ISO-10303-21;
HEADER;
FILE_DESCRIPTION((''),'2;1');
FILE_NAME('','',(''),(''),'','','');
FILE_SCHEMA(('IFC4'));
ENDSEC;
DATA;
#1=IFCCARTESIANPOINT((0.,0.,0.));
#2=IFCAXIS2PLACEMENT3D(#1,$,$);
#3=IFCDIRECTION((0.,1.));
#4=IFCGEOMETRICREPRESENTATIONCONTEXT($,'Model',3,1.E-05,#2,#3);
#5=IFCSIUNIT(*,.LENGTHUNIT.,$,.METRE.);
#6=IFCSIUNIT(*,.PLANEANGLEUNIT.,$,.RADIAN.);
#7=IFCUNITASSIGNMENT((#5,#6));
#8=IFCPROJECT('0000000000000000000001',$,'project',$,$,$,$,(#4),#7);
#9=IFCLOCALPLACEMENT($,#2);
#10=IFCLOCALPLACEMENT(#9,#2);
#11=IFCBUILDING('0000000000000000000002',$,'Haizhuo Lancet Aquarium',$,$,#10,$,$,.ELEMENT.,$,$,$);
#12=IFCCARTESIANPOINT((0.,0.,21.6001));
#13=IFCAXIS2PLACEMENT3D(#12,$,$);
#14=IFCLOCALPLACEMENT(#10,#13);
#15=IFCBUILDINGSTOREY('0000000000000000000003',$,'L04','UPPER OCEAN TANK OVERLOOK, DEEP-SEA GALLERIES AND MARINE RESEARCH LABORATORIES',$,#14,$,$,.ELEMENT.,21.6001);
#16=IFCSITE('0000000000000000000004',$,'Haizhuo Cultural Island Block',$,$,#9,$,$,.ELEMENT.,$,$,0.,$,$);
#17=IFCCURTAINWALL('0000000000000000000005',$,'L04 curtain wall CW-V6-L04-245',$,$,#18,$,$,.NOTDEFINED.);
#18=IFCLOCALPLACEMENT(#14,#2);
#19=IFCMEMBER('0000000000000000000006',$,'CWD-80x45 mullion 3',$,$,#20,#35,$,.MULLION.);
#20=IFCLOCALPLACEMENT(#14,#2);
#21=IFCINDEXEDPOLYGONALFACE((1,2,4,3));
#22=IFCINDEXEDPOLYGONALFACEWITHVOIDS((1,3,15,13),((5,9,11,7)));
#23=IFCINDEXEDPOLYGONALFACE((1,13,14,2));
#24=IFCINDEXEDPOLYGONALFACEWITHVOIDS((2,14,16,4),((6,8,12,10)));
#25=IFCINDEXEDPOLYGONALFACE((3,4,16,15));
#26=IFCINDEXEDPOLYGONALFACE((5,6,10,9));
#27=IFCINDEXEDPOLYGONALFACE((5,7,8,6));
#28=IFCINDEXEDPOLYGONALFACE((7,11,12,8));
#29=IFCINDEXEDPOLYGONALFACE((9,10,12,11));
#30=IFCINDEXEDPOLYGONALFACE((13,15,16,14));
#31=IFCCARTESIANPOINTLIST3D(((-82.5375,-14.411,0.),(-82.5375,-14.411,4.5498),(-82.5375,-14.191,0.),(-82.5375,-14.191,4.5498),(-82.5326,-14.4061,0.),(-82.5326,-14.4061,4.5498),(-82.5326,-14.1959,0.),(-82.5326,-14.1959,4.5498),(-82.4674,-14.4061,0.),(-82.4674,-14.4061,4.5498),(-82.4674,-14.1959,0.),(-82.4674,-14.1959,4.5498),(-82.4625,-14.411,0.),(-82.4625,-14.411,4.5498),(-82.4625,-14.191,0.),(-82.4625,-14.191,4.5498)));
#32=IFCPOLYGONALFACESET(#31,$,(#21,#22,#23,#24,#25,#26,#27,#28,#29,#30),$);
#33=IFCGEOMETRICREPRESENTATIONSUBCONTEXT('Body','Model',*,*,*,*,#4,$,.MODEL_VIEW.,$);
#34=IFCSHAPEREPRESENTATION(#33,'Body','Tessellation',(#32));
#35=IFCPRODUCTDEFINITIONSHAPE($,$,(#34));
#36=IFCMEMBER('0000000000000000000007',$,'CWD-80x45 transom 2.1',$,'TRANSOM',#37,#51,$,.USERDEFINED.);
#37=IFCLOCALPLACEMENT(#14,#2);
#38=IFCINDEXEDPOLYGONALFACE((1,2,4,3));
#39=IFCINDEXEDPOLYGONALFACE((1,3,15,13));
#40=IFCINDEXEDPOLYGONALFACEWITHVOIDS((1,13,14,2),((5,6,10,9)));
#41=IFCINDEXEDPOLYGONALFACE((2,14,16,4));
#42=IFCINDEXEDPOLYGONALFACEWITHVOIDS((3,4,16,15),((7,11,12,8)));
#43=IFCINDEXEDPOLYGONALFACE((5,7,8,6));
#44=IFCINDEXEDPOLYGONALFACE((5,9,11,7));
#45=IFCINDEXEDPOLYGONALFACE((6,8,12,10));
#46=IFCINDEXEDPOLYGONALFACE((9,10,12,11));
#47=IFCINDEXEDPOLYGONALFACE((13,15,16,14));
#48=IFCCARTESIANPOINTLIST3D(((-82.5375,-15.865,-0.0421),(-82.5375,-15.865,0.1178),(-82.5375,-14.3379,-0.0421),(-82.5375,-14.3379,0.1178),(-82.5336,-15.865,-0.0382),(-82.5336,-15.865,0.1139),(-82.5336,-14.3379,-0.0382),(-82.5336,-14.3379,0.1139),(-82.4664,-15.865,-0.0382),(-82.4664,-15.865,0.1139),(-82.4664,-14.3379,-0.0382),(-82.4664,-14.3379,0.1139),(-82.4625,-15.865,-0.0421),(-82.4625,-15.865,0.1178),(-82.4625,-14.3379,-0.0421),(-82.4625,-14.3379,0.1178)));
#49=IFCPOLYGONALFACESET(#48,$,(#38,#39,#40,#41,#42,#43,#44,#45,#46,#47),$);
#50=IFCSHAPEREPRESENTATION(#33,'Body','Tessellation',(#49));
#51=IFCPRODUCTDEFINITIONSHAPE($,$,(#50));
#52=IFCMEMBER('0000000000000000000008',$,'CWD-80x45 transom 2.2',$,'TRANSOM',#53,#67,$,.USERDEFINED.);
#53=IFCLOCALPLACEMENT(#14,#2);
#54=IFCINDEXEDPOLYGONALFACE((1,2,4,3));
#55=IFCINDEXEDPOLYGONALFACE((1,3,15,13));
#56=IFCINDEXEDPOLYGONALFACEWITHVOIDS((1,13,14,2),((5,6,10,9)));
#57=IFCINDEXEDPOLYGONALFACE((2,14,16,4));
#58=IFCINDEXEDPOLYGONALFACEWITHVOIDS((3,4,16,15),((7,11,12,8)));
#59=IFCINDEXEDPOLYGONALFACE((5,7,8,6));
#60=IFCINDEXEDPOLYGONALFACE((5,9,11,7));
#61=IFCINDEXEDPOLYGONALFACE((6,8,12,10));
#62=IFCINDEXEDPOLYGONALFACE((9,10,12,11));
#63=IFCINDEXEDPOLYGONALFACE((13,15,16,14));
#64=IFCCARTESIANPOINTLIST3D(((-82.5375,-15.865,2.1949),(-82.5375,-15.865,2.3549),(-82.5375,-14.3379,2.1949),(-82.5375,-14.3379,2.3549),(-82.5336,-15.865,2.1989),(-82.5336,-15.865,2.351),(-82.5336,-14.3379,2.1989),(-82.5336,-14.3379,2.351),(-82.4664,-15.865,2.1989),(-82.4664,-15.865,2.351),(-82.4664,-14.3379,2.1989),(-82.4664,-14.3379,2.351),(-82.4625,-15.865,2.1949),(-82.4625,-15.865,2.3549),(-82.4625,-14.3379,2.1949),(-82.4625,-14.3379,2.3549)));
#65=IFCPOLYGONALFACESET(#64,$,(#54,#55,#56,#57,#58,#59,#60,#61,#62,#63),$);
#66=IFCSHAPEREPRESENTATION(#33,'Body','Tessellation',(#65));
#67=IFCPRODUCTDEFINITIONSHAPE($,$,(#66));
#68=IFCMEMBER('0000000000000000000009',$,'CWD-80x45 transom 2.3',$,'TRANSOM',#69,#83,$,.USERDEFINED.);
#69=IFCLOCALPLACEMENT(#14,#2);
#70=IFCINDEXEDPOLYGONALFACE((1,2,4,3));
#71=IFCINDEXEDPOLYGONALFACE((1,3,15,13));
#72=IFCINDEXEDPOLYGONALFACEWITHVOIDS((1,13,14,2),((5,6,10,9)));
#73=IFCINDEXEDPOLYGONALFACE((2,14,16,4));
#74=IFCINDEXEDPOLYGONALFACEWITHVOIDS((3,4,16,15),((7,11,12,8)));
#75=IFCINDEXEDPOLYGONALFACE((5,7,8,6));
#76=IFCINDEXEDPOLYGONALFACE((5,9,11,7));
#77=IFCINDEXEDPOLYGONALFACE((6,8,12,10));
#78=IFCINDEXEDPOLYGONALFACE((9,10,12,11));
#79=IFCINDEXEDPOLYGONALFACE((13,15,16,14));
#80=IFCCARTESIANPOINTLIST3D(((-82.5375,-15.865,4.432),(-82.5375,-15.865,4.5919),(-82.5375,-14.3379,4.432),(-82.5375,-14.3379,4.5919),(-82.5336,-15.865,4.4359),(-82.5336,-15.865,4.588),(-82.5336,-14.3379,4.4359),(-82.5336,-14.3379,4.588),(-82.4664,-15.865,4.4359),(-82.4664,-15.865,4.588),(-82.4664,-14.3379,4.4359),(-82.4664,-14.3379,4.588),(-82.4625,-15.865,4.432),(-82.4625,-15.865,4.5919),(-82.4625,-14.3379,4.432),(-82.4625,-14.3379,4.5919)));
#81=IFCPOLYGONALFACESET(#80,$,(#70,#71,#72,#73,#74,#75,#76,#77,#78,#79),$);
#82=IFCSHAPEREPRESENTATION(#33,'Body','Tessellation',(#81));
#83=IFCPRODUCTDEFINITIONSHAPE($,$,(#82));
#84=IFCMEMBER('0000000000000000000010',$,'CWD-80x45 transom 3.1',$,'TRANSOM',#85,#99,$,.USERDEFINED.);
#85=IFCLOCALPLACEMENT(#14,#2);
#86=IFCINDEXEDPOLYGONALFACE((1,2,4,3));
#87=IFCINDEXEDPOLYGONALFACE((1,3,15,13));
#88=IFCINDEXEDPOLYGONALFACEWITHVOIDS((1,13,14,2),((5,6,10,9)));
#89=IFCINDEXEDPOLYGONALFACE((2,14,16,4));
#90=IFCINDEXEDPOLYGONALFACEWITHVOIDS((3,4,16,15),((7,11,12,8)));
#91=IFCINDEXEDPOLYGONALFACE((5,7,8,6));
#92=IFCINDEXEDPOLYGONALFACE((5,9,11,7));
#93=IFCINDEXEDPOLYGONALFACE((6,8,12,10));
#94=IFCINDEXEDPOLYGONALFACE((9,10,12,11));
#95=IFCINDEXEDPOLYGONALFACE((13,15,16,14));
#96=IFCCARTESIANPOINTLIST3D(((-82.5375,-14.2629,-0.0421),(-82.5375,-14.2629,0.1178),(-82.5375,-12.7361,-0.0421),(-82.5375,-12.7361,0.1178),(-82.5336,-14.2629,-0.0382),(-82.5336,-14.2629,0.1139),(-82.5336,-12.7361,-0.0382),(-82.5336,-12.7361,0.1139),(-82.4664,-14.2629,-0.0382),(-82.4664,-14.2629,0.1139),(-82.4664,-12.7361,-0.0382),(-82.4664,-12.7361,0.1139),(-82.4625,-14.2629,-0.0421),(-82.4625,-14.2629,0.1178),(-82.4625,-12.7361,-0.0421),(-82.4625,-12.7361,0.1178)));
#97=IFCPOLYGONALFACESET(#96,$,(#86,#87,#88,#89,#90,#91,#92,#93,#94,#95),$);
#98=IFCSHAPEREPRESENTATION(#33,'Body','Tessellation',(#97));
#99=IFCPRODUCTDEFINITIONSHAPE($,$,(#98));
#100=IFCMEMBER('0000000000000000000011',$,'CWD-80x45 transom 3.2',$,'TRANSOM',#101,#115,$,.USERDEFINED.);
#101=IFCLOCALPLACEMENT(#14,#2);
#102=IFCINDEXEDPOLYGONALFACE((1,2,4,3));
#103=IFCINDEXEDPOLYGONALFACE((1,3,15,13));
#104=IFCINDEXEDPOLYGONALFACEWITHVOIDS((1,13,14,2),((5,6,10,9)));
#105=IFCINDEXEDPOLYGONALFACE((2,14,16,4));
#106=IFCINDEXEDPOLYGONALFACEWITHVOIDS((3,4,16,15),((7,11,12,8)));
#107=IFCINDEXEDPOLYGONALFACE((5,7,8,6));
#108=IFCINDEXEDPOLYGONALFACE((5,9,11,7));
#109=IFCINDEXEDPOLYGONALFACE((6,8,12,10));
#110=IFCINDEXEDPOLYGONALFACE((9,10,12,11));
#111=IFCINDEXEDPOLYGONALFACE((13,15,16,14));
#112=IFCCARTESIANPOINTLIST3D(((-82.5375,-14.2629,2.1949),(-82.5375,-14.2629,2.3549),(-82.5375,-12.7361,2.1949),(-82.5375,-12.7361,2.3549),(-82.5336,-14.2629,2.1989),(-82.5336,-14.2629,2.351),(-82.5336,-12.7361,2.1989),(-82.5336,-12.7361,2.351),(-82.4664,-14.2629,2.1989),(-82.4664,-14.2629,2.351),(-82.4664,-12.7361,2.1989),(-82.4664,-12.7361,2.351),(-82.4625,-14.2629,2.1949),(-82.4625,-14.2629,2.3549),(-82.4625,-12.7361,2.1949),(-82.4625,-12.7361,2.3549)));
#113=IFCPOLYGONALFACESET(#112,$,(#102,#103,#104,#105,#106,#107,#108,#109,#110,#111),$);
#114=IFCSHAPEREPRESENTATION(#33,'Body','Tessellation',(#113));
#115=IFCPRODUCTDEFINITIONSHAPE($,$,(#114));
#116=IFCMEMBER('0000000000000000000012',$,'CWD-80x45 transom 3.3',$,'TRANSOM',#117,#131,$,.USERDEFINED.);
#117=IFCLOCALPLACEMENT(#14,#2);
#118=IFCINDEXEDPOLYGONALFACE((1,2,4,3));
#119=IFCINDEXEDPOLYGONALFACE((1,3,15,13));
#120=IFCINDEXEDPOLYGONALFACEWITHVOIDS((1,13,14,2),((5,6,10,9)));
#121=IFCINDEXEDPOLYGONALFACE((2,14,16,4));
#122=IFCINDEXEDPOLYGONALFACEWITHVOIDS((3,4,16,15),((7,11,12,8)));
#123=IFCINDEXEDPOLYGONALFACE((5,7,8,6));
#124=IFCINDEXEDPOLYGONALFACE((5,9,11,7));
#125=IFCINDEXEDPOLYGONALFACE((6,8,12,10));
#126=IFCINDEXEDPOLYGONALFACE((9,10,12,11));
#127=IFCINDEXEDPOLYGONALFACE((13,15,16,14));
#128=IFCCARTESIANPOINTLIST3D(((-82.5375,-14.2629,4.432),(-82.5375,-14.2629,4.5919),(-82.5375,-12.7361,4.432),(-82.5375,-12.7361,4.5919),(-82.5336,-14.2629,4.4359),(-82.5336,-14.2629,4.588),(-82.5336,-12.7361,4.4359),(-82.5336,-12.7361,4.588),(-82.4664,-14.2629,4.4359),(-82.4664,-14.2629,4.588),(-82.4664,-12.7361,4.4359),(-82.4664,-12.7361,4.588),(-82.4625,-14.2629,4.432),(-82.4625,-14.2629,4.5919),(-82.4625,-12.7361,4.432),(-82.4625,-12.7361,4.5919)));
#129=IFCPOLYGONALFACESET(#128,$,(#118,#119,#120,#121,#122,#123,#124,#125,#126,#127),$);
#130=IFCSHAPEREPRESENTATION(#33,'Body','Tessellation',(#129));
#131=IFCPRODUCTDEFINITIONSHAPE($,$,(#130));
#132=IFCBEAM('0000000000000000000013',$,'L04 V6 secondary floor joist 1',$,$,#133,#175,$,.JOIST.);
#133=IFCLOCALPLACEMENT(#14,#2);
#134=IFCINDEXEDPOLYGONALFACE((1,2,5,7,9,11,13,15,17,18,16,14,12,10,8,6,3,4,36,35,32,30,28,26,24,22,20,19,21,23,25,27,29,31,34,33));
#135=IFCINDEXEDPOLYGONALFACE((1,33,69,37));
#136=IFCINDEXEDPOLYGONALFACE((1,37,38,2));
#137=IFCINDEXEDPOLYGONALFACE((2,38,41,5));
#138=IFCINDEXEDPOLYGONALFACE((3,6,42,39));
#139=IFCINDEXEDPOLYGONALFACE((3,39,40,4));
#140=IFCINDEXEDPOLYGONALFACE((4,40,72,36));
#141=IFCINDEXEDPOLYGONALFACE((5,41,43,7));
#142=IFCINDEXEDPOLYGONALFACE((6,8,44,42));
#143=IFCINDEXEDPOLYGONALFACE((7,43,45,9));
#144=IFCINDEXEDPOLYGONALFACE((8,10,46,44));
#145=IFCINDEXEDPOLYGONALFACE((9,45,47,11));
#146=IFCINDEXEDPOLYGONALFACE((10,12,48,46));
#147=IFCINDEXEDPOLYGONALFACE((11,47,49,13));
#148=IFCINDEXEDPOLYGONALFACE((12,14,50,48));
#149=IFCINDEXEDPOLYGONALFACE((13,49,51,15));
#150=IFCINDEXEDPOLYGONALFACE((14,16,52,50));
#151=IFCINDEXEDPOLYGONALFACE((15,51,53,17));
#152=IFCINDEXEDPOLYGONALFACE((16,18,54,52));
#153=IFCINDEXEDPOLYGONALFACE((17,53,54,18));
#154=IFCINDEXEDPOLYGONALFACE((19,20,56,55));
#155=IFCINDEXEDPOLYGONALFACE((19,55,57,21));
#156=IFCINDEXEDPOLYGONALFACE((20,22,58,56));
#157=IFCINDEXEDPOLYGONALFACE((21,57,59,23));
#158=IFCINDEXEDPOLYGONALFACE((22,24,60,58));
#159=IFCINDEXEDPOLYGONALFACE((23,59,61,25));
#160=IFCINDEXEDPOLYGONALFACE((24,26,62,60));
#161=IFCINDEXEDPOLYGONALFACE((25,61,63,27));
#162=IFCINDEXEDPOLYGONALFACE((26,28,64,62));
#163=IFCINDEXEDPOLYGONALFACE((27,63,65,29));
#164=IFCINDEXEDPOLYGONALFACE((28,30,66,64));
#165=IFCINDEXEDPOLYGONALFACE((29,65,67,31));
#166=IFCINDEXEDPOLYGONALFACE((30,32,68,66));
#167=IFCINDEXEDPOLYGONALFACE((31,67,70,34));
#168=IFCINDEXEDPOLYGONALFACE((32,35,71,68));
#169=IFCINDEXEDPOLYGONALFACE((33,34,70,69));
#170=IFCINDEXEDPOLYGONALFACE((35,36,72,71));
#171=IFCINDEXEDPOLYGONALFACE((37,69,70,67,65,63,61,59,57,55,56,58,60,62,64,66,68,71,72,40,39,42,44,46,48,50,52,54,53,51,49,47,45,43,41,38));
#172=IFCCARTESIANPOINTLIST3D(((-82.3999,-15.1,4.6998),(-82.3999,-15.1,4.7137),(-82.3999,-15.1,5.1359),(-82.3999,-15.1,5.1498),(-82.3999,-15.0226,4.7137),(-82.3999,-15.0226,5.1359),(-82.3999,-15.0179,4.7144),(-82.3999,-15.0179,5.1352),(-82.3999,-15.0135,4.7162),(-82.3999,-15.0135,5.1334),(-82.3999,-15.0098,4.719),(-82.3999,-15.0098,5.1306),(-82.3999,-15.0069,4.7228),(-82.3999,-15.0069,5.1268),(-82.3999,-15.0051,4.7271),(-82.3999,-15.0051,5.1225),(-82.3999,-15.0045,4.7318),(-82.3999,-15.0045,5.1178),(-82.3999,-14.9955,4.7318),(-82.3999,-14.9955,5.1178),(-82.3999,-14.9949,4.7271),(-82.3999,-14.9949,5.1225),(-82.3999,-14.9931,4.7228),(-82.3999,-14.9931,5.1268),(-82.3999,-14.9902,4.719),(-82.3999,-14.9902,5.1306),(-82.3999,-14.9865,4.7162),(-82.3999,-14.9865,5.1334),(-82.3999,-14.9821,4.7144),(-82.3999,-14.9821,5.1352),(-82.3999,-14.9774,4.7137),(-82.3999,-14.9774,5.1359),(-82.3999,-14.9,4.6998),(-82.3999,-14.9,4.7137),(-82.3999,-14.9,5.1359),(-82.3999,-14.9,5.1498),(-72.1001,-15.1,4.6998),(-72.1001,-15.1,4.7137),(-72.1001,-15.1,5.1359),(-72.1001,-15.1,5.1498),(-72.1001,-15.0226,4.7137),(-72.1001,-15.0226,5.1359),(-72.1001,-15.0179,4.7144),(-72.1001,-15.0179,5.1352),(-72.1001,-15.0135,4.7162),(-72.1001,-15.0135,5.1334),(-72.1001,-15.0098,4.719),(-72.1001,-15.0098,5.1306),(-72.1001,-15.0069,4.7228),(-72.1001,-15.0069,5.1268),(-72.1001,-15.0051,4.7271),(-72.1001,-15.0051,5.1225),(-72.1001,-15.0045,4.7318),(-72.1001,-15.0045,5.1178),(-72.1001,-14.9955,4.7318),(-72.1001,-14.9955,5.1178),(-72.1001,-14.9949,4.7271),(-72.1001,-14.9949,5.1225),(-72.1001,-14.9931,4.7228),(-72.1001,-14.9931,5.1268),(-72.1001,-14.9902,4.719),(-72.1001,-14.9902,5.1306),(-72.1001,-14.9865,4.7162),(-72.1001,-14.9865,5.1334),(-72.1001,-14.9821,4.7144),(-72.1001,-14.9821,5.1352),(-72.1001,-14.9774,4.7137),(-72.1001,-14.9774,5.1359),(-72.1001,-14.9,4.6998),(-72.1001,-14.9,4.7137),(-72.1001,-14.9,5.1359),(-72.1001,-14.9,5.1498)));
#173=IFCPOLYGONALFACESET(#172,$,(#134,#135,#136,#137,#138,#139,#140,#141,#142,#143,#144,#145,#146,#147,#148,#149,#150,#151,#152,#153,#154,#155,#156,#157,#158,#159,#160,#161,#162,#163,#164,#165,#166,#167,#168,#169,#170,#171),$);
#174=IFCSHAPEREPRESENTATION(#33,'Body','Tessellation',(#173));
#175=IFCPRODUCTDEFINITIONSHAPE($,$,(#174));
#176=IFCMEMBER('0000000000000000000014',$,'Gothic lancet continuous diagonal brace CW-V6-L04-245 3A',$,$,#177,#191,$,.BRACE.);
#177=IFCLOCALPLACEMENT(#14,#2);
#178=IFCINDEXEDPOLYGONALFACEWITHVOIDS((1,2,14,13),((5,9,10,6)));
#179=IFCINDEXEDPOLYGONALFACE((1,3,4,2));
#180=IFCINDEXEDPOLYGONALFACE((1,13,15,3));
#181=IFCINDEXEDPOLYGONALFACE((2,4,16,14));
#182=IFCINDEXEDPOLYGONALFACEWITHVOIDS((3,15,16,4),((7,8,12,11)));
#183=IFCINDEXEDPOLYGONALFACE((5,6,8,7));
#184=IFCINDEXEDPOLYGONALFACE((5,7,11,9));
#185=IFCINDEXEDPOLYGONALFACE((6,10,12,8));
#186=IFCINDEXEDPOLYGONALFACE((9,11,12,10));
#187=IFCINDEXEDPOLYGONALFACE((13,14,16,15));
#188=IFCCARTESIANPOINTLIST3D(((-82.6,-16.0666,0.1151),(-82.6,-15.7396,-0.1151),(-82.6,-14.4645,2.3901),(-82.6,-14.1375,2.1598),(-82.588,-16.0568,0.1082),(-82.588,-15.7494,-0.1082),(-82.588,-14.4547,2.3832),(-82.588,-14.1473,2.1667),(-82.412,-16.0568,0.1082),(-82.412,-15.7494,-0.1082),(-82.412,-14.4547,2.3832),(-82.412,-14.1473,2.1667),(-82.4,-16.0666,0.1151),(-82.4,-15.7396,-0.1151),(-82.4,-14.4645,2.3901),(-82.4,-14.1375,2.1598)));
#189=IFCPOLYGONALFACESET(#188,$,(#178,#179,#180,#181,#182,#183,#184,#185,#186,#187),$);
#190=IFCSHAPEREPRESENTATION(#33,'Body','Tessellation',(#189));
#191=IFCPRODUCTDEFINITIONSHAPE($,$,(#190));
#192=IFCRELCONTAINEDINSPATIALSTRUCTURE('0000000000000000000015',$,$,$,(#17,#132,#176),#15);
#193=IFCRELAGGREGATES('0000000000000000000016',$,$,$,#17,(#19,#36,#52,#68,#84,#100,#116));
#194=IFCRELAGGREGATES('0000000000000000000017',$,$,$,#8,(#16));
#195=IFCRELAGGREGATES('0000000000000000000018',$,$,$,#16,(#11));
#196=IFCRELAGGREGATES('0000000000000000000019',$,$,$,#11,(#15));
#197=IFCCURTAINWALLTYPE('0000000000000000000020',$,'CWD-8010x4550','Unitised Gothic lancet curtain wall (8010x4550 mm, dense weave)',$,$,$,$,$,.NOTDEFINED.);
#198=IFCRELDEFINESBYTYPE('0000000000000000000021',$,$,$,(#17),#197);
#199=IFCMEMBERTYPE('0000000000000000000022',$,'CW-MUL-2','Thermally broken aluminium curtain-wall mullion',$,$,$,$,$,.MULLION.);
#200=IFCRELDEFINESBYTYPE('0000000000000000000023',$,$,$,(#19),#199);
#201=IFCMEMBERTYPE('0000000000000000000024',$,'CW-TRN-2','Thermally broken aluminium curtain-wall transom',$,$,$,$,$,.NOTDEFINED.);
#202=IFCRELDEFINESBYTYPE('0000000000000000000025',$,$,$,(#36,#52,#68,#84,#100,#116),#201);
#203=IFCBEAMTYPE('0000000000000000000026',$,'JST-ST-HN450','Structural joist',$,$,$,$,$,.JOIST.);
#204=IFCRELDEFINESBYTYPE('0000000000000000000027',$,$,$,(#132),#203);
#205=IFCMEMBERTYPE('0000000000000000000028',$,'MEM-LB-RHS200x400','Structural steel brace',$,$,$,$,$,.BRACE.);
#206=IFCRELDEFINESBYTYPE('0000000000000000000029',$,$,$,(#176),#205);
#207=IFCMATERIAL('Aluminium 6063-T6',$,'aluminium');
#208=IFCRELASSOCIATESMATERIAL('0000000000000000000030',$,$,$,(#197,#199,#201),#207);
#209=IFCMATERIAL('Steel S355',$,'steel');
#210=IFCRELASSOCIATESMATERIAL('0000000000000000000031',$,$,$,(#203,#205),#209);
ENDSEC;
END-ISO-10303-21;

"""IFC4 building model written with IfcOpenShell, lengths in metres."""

from ifc_helpers import new_model, si_unit, direction, frame, origin, origin_2d, place, context, subcontext, project, spatial, hollow_rectangle, i_section, extrude, material, material_profile, profile_set, type_object, element, aggregate, save


model = new_model("IFC4")

# Units and contexts
model_context = context("Model", 3, precision=1e-05, world=origin(), true_north=direction((0.0, 1.0)))
body_context = subcontext(model_context, "Body", "Model", "MODEL_VIEW")
ifc_project = project(units=[si_unit("LENGTHUNIT", "METRE"), si_unit("PLANEANGLEUNIT", "RADIAN")], contexts=[model_context])

# Site, building, storey
site_placement = place(None, origin())
site = spatial("IfcSite", under=ifc_project, at=site_placement, Name="Haizhuo Cultural Island Block", CompositionType="ELEMENT", RefElevation=0.0)
building_placement = place(site_placement, origin())
building = spatial("IfcBuilding", under=site, at=building_placement, Name="Haizhuo Lancet Aquarium", CompositionType="ELEMENT")
storey_placement = place(building_placement, frame((0.0, 0.0, 21.6001)))
storey = spatial("IfcBuildingStorey", under=building, at=storey_placement, Name="L04", Description="UPPER OCEAN TANK OVERLOOK, DEEP-SEA GALLERIES AND MARINE RESEARCH LABORATORIES", CompositionType="ELEMENT", Elevation=21.6001)

# Curtain wall, members
ifc_material_1 = material(Name="Aluminium 6063-T6", Category="aluminium")
curtain_wall_type = type_object("IfcCurtainWallType", Name="CWD-8010x4550", Description="Unitised Gothic lancet curtain wall (8010x4550 mm, dense weave)", PredefinedType="NOTDEFINED", material=ifc_material_1)
curtain_wall_placement = place(storey_placement, origin())
curtain_wall = element("IfcCurtainWall", 1, at=curtain_wall_placement, inside=storey, type_object=curtain_wall_type, Name="L04 curtain wall CW-V6-L04-245", PredefinedType="NOTDEFINED")
ifc_material_profile_1 = material_profile(ifc_material_1, hollow_rectangle(XDim=0.075, YDim=0.22, WallThickness=0.0049, at=origin_2d()), Name="ALU-M 75x220x5")
ifc_profile_set_1 = profile_set([ifc_material_profile_1], Name="Aluminium 6063-T6")
member_type_1 = type_object("IfcMemberType", Name="CW-MUL-2", Description="Thermally broken aluminium curtain-wall mullion", PredefinedType="MULLION", material=ifc_profile_set_1)
member_1_placement = place(storey_placement, frame((-82.5, -14.301, 0.0), z_axis=(0.0, 0.0, 1.0), x_axis=(-1.0, 0.0, 0.0)))
member_1 = element("IfcMember", 2, at=member_1_placement, type_object=member_type_1, Name="CWD-80x45 mullion 3", PredefinedType="MULLION", context=body_context, shape_type="SweptSolid", body=[
    extrude(hollow_rectangle(XDim=0.075, YDim=0.22, WallThickness=0.0049, at=origin_2d()), origin(), (0.0, 0.0, 1.0), 4.5498),
])
ifc_material_profile_2 = material_profile(ifc_material_1, hollow_rectangle(XDim=0.075, YDim=0.1599, WallThickness=0.0039, at=origin_2d()), Name="ALU-T 75x160x4")
ifc_profile_set_2 = profile_set([ifc_material_profile_2], Name="Aluminium 6063-T6")
member_type_2 = type_object("IfcMemberType", Name="CW-TRN-2", Description="Thermally broken aluminium curtain-wall transom", PredefinedType="NOTDEFINED", material=ifc_profile_set_2)
member_2_placement = place(storey_placement, frame((-82.5, -15.865, 0.0378), z_axis=(0.0, 1.0, 0.0), x_axis=(-1.0, 0.0, 0.0)))
member_2 = element("IfcMember", 3, at=member_2_placement, type_object=member_type_2, Name="CWD-80x45 transom 2.1", ObjectType="TRANSOM", PredefinedType="USERDEFINED", context=body_context, shape_type="SweptSolid", body=[
    extrude(hollow_rectangle(XDim=0.075, YDim=0.1599, WallThickness=0.0039, at=origin_2d()), origin(), (0.0, 0.0, 1.0), 1.5271),
])
member_3_placement = place(storey_placement, frame((-82.5, -15.865, 2.2749), z_axis=(0.0, 1.0, 0.0), x_axis=(-1.0, 0.0, 0.0)))
member_3 = element("IfcMember", 4, at=member_3_placement, type_object=member_type_2, Name="CWD-80x45 transom 2.2", ObjectType="TRANSOM", PredefinedType="USERDEFINED", context=body_context, shape_type="SweptSolid", body=[
    extrude(hollow_rectangle(XDim=0.075, YDim=0.1599, WallThickness=0.0039, at=origin_2d()), origin(), (0.0, 0.0, 1.0), 1.5271),
])
member_4_placement = place(storey_placement, frame((-82.5, -15.865, 4.512), z_axis=(0.0, 1.0, 0.0), x_axis=(-1.0, 0.0, 0.0)))
member_4 = element("IfcMember", 5, at=member_4_placement, type_object=member_type_2, Name="CWD-80x45 transom 2.3", ObjectType="TRANSOM", PredefinedType="USERDEFINED", context=body_context, shape_type="SweptSolid", body=[
    extrude(hollow_rectangle(XDim=0.075, YDim=0.1599, WallThickness=0.0039, at=origin_2d()), origin(), (0.0, 0.0, 1.0), 1.5271),
])
member_5_placement = place(storey_placement, frame((-82.5, -14.2629, 0.0378), z_axis=(0.0, 1.0, 0.0), x_axis=(-1.0, 0.0, 0.0)))
member_5 = element("IfcMember", 6, at=member_5_placement, type_object=member_type_2, Name="CWD-80x45 transom 3.1", ObjectType="TRANSOM", PredefinedType="USERDEFINED", context=body_context, shape_type="SweptSolid", body=[
    extrude(hollow_rectangle(XDim=0.075, YDim=0.1599, WallThickness=0.0039, at=origin_2d()), origin(), (0.0, 0.0, 1.0), 1.5269),
])
member_6_placement = place(storey_placement, frame((-82.5, -14.2629, 2.2749), z_axis=(0.0, 1.0, 0.0), x_axis=(-1.0, 0.0, 0.0)))
member_6 = element("IfcMember", 7, at=member_6_placement, type_object=member_type_2, Name="CWD-80x45 transom 3.2", ObjectType="TRANSOM", PredefinedType="USERDEFINED", context=body_context, shape_type="SweptSolid", body=[
    extrude(hollow_rectangle(XDim=0.075, YDim=0.1599, WallThickness=0.0039, at=origin_2d()), origin(), (0.0, 0.0, 1.0), 1.5269),
])
member_7_placement = place(storey_placement, frame((-82.5, -14.2629, 4.512), z_axis=(0.0, 1.0, 0.0), x_axis=(-1.0, 0.0, 0.0)))
member_7 = element("IfcMember", 8, at=member_7_placement, type_object=member_type_2, Name="CWD-80x45 transom 3.3", ObjectType="TRANSOM", PredefinedType="USERDEFINED", context=body_context, shape_type="SweptSolid", body=[
    extrude(hollow_rectangle(XDim=0.075, YDim=0.1599, WallThickness=0.0039, at=origin_2d()), origin(), (0.0, 0.0, 1.0), 1.5269),
])

# Beam
ifc_material_2 = material(Name="Steel S355", Category="steel")
ifc_material_profile_3 = material_profile(ifc_material_2, i_section(OverallWidth=0.2, OverallDepth=0.45, WebThickness=0.009, FlangeThickness=0.0139, FilletRadius=0.0181, at=origin_2d()), Name="HN 450x200x9x14")
ifc_profile_set_3 = profile_set([ifc_material_profile_3], Name="Steel S355")
beam_type = type_object("IfcBeamType", Name="JST-ST-HN450", Description="Structural joist", PredefinedType="JOIST", material=ifc_profile_set_3)
beam_placement = place(storey_placement, frame((-82.3999, -15.0, 4.9248), z_axis=(1.0, 0.0, 0.0), x_axis=(0.0, 1.0, 0.0)))
element("IfcBeam", 9, at=beam_placement, inside=storey, type_object=beam_type, Name="L04 V6 secondary floor joist 1", PredefinedType="JOIST", context=body_context, shape_type="SweptSolid", body=[
    extrude(i_section(OverallWidth=0.2, OverallDepth=0.45, WebThickness=0.009, FlangeThickness=0.0139, FilletRadius=0.0181, at=origin_2d()), origin(), (0.0, 0.0, 1.0), 10.2998),
])

# Member
ifc_material_profile_4 = material_profile(ifc_material_2, hollow_rectangle(XDim=0.2, YDim=0.3999, WallThickness=0.012, at=origin_2d()), Name="RHS 200x400x12")
ifc_profile_set_4 = profile_set([ifc_material_profile_4], Name="Steel S355")
member_type_3 = type_object("IfcMemberType", Name="MEM-LB-RHS200x400", Description="Structural steel brace", PredefinedType="BRACE", material=ifc_profile_set_4)
member_8_placement = place(storey_placement, frame((-82.5, -15.9031, 0.0), z_axis=(0.0, 0.57578, 0.817604), x_axis=(-1.0, 0.0, 0.0)))
element("IfcMember", 10, at=member_8_placement, inside=storey, type_object=member_type_3, Name="Gothic lancet continuous diagonal brace CW-V6-L04-245 3A", PredefinedType="BRACE", context=body_context, shape_type="SweptSolid", body=[
    extrude(hollow_rectangle(XDim=0.2, YDim=0.3999, WallThickness=0.012, at=origin_2d()), origin(), (0.0, 0.0, 1.0), 2.7825),
])

aggregate(curtain_wall, [member_1, member_2, member_3, member_4, member_5, member_6, member_7])

save(model, "model.ifc")
